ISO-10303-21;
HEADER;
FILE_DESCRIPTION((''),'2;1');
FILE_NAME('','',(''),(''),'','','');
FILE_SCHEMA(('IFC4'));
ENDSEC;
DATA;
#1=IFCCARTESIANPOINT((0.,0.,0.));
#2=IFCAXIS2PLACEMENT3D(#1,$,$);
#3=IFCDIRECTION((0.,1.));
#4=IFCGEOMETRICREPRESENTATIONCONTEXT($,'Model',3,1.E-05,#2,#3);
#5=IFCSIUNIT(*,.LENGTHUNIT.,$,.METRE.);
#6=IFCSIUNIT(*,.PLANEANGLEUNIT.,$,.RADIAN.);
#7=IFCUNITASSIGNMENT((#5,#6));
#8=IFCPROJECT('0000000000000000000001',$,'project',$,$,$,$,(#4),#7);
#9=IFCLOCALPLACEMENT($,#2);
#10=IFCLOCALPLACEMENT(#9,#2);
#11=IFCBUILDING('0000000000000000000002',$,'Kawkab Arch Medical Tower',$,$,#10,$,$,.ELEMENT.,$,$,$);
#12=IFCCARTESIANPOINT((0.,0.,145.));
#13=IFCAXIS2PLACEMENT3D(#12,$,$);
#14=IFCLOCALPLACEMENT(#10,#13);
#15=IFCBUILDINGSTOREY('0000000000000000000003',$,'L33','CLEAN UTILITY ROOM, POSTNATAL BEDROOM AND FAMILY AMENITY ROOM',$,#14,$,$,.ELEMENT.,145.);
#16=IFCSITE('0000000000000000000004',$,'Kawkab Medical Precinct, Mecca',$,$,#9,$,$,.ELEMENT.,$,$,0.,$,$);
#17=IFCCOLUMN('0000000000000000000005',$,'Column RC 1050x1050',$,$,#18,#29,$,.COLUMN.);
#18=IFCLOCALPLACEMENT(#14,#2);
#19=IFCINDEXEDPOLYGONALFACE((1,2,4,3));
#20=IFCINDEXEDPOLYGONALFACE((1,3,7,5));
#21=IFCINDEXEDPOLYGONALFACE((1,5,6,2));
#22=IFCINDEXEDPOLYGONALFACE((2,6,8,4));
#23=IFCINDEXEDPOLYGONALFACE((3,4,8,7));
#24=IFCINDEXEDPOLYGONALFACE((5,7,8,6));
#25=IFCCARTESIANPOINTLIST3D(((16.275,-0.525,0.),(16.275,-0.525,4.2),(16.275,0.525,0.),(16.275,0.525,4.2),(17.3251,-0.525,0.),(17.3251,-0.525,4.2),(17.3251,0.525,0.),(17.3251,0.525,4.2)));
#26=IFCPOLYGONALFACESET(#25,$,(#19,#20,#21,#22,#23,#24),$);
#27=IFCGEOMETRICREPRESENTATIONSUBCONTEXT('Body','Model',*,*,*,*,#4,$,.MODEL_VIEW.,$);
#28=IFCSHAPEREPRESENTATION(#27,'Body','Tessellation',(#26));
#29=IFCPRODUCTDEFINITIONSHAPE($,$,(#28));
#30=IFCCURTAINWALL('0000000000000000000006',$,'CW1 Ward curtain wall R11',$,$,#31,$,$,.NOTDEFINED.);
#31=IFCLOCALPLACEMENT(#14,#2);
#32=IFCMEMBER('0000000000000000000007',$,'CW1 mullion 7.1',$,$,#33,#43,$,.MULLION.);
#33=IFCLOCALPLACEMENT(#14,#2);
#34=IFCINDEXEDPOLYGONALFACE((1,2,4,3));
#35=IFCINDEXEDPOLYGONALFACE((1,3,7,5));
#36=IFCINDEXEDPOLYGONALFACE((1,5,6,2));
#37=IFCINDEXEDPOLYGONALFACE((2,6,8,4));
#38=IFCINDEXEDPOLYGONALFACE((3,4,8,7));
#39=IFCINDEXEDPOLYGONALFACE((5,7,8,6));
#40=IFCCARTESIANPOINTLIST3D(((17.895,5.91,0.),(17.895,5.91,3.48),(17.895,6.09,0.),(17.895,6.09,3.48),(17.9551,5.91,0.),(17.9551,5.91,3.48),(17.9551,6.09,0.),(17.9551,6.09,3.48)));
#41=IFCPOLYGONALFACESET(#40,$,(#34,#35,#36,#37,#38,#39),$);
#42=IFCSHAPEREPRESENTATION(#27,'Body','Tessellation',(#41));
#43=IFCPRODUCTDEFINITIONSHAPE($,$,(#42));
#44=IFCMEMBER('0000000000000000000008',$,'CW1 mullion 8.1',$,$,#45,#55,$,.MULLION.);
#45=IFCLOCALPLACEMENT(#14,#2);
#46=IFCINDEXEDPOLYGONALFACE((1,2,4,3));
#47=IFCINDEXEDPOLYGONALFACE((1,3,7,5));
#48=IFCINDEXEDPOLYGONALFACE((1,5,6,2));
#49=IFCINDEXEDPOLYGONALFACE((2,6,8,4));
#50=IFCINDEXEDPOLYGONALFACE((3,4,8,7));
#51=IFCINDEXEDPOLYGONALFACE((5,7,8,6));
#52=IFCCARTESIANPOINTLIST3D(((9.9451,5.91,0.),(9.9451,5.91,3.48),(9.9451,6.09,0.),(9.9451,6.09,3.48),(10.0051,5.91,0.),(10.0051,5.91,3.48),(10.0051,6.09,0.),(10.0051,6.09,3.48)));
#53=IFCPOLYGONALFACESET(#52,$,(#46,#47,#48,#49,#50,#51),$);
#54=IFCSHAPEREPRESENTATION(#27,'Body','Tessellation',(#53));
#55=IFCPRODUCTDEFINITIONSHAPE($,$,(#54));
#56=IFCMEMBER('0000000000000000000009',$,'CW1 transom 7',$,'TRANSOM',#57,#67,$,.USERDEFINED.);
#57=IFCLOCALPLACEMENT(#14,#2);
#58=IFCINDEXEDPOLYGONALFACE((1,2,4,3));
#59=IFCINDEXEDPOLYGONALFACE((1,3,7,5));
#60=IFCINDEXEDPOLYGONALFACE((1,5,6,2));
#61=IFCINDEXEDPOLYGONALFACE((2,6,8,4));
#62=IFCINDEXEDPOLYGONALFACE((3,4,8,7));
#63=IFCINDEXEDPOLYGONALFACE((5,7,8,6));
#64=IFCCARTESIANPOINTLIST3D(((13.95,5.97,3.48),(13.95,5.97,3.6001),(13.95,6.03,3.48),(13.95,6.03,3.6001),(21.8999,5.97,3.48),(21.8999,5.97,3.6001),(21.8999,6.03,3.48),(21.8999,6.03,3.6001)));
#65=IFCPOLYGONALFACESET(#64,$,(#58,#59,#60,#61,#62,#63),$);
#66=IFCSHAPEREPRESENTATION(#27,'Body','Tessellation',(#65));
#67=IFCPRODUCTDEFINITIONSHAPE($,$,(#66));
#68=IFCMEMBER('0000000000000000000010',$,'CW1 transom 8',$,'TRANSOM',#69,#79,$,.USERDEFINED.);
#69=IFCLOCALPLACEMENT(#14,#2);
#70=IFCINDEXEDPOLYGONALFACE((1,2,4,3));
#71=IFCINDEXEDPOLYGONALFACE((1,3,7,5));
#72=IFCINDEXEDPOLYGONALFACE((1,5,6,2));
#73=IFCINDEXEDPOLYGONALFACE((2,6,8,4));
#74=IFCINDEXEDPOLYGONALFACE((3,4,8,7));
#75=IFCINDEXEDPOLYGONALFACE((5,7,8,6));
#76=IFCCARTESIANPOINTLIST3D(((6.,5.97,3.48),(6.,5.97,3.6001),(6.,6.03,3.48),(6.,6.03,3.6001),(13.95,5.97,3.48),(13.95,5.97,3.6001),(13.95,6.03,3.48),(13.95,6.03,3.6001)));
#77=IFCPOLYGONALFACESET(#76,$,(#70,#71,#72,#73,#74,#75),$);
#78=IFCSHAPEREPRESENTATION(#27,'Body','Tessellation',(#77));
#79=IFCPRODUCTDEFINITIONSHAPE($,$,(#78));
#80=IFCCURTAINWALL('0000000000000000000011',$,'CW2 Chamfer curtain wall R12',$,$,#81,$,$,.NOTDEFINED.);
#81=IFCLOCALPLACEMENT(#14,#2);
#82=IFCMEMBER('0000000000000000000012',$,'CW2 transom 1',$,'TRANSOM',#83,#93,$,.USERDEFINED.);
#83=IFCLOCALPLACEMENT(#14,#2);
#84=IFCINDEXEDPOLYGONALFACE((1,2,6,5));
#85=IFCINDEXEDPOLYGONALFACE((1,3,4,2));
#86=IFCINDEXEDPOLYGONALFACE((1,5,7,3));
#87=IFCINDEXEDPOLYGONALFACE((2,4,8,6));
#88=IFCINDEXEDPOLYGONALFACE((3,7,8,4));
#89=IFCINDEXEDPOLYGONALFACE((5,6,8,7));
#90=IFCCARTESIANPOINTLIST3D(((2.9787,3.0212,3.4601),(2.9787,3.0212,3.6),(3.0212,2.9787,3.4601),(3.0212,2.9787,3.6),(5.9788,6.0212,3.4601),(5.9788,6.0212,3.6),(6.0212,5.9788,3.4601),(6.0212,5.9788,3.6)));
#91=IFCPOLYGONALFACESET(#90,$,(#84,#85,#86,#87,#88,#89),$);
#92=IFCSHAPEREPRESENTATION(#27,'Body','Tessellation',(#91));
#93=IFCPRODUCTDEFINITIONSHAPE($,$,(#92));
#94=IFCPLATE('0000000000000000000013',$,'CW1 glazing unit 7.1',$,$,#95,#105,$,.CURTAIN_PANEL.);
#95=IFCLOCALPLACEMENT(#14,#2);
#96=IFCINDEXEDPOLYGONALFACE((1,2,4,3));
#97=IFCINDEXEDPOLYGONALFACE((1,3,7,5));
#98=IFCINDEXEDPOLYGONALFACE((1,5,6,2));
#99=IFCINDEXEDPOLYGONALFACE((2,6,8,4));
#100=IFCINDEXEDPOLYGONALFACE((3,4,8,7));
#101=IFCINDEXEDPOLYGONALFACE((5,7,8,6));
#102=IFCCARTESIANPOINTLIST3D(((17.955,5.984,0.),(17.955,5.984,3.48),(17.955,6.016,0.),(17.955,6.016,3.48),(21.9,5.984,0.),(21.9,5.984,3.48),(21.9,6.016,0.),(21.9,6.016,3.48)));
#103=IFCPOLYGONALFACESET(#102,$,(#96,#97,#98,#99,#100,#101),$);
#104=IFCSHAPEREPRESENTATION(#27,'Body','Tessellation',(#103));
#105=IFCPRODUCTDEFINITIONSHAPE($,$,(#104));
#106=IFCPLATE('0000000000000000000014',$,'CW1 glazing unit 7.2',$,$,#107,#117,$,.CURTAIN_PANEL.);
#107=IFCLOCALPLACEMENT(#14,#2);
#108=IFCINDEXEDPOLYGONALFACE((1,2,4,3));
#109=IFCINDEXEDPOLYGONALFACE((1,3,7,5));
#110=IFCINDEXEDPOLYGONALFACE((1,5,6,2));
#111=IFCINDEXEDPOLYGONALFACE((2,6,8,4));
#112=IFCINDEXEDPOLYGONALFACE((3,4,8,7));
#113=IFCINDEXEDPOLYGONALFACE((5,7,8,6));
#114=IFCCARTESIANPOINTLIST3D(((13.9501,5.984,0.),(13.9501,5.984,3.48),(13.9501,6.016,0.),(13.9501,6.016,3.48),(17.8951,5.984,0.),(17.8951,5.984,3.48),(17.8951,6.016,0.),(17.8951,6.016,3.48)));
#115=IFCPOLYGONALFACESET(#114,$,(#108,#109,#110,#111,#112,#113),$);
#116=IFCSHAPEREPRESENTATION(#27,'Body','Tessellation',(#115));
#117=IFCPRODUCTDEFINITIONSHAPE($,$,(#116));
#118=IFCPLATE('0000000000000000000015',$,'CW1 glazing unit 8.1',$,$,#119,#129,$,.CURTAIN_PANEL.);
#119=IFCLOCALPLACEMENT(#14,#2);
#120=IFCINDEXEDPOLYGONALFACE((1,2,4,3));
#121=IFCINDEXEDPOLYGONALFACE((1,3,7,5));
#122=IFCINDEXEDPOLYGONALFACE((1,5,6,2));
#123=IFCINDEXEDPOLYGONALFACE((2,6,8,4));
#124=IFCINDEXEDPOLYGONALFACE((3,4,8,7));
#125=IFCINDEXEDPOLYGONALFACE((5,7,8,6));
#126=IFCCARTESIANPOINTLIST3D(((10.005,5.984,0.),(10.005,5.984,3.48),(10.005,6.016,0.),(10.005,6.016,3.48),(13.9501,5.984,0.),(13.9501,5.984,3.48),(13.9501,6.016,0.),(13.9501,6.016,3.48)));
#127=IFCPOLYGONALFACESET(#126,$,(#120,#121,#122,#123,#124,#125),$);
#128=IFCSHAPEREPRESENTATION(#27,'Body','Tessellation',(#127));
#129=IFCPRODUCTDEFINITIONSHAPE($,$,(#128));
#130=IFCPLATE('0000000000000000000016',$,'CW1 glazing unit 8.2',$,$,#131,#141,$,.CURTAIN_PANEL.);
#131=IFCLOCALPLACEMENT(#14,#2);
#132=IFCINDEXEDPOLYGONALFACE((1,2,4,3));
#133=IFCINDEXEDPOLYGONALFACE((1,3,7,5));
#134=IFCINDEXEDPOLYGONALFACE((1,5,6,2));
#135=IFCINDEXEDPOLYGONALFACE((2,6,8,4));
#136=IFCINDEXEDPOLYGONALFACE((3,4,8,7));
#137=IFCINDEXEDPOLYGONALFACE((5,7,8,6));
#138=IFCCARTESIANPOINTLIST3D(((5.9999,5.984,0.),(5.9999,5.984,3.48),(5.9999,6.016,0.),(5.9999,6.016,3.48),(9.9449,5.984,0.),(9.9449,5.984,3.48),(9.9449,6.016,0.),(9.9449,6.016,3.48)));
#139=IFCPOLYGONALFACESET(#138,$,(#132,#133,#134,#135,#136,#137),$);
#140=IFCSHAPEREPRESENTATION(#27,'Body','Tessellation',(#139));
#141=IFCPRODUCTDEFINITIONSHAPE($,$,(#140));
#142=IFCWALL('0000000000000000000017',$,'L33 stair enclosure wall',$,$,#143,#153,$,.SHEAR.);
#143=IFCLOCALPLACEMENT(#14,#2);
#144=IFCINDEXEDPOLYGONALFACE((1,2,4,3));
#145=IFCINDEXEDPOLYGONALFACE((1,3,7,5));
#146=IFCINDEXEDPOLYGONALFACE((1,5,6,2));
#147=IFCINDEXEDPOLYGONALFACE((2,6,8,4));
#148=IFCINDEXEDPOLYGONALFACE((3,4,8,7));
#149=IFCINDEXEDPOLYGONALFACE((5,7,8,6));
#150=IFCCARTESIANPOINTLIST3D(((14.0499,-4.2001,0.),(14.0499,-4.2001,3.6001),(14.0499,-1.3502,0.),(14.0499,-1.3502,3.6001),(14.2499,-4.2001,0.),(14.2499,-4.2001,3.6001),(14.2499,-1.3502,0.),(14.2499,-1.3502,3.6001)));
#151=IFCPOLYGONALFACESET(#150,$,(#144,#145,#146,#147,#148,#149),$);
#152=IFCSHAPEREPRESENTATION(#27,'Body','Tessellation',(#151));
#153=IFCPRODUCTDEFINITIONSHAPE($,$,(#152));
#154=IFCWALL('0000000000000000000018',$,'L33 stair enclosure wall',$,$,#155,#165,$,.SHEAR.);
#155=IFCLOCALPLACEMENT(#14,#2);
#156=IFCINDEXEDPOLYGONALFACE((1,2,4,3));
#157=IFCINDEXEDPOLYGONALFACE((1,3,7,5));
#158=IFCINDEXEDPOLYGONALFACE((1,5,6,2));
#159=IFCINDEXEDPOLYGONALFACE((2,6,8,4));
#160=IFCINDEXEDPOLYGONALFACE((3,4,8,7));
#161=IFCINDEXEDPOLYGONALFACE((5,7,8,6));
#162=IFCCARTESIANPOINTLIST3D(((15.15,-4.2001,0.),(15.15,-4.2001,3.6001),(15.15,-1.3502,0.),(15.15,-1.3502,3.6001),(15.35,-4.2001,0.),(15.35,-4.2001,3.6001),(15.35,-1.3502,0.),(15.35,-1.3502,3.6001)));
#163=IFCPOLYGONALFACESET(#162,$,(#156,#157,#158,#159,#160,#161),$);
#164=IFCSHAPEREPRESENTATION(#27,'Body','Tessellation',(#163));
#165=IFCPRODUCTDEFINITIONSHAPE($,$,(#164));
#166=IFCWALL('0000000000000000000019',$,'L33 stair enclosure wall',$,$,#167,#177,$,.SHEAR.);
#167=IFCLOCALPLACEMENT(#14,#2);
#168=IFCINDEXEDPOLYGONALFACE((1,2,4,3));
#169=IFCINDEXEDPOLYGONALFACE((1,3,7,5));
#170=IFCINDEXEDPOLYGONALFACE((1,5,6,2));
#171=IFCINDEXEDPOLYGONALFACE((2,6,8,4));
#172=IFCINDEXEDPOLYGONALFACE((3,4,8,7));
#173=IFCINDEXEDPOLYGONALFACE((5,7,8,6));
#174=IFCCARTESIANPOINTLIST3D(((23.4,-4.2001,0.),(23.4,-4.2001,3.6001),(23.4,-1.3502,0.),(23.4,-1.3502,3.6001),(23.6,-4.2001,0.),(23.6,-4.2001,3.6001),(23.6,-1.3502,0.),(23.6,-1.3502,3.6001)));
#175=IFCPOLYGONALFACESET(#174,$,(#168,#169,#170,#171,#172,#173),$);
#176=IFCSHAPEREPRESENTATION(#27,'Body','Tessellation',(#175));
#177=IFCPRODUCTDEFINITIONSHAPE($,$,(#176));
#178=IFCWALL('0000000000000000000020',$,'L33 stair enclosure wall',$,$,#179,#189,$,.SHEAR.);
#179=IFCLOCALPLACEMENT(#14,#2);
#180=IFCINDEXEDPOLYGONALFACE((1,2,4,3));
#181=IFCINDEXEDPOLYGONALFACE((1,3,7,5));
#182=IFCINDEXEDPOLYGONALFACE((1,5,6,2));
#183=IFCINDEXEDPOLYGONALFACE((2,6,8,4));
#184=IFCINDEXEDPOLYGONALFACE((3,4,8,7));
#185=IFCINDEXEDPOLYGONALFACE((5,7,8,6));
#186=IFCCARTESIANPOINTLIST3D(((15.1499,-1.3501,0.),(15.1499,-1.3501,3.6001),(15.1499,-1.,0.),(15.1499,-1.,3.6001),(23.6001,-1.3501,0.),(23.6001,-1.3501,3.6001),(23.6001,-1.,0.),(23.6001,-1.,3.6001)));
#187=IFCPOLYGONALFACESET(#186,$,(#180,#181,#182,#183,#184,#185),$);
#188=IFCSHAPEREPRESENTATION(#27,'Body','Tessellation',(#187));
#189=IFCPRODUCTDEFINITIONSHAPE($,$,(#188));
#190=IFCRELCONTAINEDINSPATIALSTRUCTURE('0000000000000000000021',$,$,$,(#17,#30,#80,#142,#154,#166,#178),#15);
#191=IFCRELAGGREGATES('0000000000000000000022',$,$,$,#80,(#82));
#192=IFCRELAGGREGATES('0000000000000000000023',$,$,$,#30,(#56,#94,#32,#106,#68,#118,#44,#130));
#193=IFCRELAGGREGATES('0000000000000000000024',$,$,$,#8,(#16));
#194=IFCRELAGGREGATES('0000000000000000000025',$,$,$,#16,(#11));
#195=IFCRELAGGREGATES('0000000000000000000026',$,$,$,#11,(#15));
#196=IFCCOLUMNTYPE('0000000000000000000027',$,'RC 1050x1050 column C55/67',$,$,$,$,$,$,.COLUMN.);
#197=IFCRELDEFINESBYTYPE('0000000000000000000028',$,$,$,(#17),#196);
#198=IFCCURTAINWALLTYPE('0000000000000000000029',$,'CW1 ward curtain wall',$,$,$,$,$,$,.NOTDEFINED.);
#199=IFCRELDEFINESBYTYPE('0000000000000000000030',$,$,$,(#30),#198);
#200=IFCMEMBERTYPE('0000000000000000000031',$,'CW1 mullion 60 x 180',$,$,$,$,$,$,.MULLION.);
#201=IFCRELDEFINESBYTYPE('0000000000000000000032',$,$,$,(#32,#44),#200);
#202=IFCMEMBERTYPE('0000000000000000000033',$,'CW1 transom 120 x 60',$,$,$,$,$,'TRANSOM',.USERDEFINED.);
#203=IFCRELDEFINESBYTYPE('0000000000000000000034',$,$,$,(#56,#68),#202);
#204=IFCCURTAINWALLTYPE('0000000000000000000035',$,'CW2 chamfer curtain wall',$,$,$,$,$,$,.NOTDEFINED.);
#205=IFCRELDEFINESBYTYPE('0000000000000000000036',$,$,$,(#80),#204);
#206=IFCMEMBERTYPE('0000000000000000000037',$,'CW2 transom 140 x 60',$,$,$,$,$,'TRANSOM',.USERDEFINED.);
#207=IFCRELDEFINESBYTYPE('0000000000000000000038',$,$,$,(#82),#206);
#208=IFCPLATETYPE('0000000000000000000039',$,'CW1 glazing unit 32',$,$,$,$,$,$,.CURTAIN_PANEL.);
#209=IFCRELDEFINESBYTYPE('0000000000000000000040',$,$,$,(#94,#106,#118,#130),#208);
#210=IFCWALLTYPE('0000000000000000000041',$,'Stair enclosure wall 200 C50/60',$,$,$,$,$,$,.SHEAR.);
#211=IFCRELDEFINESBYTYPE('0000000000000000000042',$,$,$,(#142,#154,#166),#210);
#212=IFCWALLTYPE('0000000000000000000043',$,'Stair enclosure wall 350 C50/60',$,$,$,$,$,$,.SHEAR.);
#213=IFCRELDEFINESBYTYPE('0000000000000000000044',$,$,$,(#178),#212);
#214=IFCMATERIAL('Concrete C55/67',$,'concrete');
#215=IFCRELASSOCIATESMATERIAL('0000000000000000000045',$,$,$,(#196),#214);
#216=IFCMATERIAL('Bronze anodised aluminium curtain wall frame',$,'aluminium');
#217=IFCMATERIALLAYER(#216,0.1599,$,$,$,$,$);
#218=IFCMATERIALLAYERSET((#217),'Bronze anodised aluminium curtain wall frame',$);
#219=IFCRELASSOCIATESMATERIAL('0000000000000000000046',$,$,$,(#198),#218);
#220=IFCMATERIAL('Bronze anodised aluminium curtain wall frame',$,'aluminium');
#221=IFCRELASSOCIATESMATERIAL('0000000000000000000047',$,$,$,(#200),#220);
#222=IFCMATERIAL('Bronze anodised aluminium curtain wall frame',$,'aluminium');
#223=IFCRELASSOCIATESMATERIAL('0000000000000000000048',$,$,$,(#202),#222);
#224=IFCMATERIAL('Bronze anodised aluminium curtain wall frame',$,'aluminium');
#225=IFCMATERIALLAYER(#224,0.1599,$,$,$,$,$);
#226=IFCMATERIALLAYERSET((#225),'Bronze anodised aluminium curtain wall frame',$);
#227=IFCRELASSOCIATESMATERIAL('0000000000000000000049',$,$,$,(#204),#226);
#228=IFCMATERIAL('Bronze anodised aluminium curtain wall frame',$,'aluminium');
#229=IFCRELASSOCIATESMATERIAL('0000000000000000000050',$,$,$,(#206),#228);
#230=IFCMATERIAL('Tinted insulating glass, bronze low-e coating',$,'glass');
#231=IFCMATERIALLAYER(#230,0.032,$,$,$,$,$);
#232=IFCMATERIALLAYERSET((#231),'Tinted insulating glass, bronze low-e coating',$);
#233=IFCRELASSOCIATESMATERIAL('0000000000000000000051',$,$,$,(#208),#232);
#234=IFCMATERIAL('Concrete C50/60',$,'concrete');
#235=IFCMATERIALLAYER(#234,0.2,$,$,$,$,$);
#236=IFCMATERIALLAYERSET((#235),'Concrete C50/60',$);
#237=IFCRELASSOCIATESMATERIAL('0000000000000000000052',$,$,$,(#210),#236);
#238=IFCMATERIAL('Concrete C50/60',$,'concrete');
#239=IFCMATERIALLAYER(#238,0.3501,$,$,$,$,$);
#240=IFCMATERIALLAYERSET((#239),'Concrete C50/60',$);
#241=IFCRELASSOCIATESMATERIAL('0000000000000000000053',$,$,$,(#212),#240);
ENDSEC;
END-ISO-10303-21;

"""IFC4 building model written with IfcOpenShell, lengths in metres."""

from ifc_helpers import new_model, si_unit, direction, frame, frame_2d, origin, origin_2d, place, context, subcontext, project, spatial, rectangle, extrude, material, layer, layer_set, material_profile, profile_set, type_object, element, aggregate, save


model = new_model("IFC4")

# Units and contexts
model_context = context("Model", 3, precision=1e-05, world=origin(), true_north=direction((0.0, 1.0)))
body_context = subcontext(model_context, "Body", "Model", "MODEL_VIEW")
ifc_project = project(units=[si_unit("LENGTHUNIT", "METRE"), si_unit("PLANEANGLEUNIT", "RADIAN")], contexts=[model_context])

# Site, building, storey
site_placement = place(None, origin())
site = spatial("IfcSite", under=ifc_project, at=site_placement, Name="Kawkab Medical Precinct, Mecca", CompositionType="ELEMENT", RefElevation=0.0)
building_placement = place(site_placement, origin())
building = spatial("IfcBuilding", under=site, at=building_placement, Name="Kawkab Arch Medical Tower", CompositionType="ELEMENT")
storey_placement = place(building_placement, frame((0.0, 0.0, 145.0)))
storey = spatial("IfcBuildingStorey", under=building, at=storey_placement, Name="L33", Description="CLEAN UTILITY ROOM, POSTNATAL BEDROOM AND FAMILY AMENITY ROOM", CompositionType="ELEMENT", Elevation=145.0)

# Column
ifc_material_1 = material(Name="Concrete C55/67", Category="concrete")
ifc_material_profile_1 = material_profile(ifc_material_1, rectangle(XDim=1.05, YDim=1.05, at=origin_2d()), Name="RC 1050x1050")
ifc_profile_set_1 = profile_set([ifc_material_profile_1], Name="Concrete C55/67")
column_type = type_object("IfcColumnType", Name="RC 1050x1050 column C55/67", PredefinedType="COLUMN", material=ifc_profile_set_1)
column_placement = place(storey_placement, frame((16.8, 0.0, 0.0), z_axis=(0.0, 0.0, 1.0), x_axis=(1.0, 0.0, 0.0)))
element("IfcColumn", 1, at=column_placement, inside=storey, type_object=column_type, Name="Column RC 1050x1050", PredefinedType="COLUMN", context=body_context, shape_type="SweptSolid", body=[
    extrude(rectangle(XDim=1.05, YDim=1.05, at=origin_2d()), origin(), (0.0, 0.0, 1.0), 4.2),
])

# Curtain wall, members
ifc_material_2 = material(Name="Bronze anodised aluminium curtain wall frame", Category="aluminium")
ifc_layer_1 = layer(ifc_material_2, 0.1599)
ifc_layer_set_1 = layer_set([ifc_layer_1], Name="Bronze anodised aluminium curtain wall frame")
curtain_wall_type_1 = type_object("IfcCurtainWallType", Name="CW1 ward curtain wall", PredefinedType="NOTDEFINED", material=ifc_layer_set_1)
placement = place(storey_placement, origin())
curtain_wall_1 = element("IfcCurtainWall", 2, at=placement, inside=storey, type_object=curtain_wall_type_1, Name="CW1 Ward curtain wall R11", PredefinedType="NOTDEFINED")
ifc_material_3 = material(Name="Bronze anodised aluminium curtain wall frame", Category="aluminium")
ifc_material_profile_2 = material_profile(ifc_material_3, rectangle(XDim=0.1799, YDim=0.0601, at=origin_2d()), Name="AL 60x180")
ifc_profile_set_2 = profile_set([ifc_material_profile_2], Name="Bronze anodised aluminium curtain wall frame")
member_type_1 = type_object("IfcMemberType", Name="CW1 mullion 60 x 180", PredefinedType="MULLION", material=ifc_profile_set_2)
member_1_placement = place(storey_placement, frame((17.925, 6.0, 0.0), z_axis=(0.0, 0.0, 1.0), x_axis=(0.0, -1.0, 0.0)))
member_1 = element("IfcMember", 3, at=member_1_placement, type_object=member_type_1, Name="CW1 mullion 7.1", PredefinedType="MULLION", context=body_context, shape_type="SweptSolid", body=[
    extrude(rectangle(XDim=0.1799, YDim=0.0601, at=origin_2d()), origin(), (0.0, 0.0, 1.0), 3.48),
])
member_2_placement = place(storey_placement, frame((9.9751, 6.0, 0.0), z_axis=(0.0, 0.0, 1.0), x_axis=(0.0, -1.0, 0.0)))
member_2 = element("IfcMember", 4, at=member_2_placement, type_object=member_type_1, Name="CW1 mullion 8.1", PredefinedType="MULLION", context=body_context, shape_type="SweptSolid", body=[
    extrude(rectangle(XDim=0.1799, YDim=0.0601, at=origin_2d()), origin(), (0.0, 0.0, 1.0), 3.48),
])
ifc_material_4 = material(Name="Bronze anodised aluminium curtain wall frame", Category="aluminium")
ifc_material_profile_3 = material_profile(ifc_material_4, rectangle(XDim=0.0601, YDim=0.1201, at=origin_2d()), Name="AL 60x120")
ifc_profile_set_3 = profile_set([ifc_material_profile_3], Name="Bronze anodised aluminium curtain wall frame")
member_type_2 = type_object("IfcMemberType", Name="CW1 transom 120 x 60", ElementType="TRANSOM", PredefinedType="USERDEFINED", material=ifc_profile_set_3)
member_3_placement = place(storey_placement, frame((21.8999, 6.0, 3.54), z_axis=(-1.0, 0.0, 0.0), x_axis=(0.0, -1.0, 0.0)))
member_3 = element("IfcMember", 5, at=member_3_placement, type_object=member_type_2, Name="CW1 transom 7", ObjectType="TRANSOM", PredefinedType="USERDEFINED", context=body_context, shape_type="SweptSolid", body=[
    extrude(rectangle(XDim=0.0601, YDim=0.1201, at=origin_2d()), origin(), (0.0, 0.0, 1.0), 7.95),
])
member_4_placement = place(storey_placement, frame((13.95, 6.0, 3.54), z_axis=(-1.0, 0.0, 0.0), x_axis=(0.0, -1.0, 0.0)))
member_4 = element("IfcMember", 6, at=member_4_placement, type_object=member_type_2, Name="CW1 transom 8", ObjectType="TRANSOM", PredefinedType="USERDEFINED", context=body_context, shape_type="SweptSolid", body=[
    extrude(rectangle(XDim=0.0601, YDim=0.1201, at=origin_2d()), origin(), (0.0, 0.0, 1.0), 7.95),
])

# Curtain wall, member
ifc_material_5 = material(Name="Bronze anodised aluminium curtain wall frame", Category="aluminium")
ifc_layer_2 = layer(ifc_material_5, 0.1599)
ifc_layer_set_2 = layer_set([ifc_layer_2], Name="Bronze anodised aluminium curtain wall frame")
curtain_wall_type_2 = type_object("IfcCurtainWallType", Name="CW2 chamfer curtain wall", PredefinedType="NOTDEFINED", material=ifc_layer_set_2)
curtain_wall_2 = element("IfcCurtainWall", 7, at=placement, inside=storey, type_object=curtain_wall_type_2, Name="CW2 Chamfer curtain wall R12", PredefinedType="NOTDEFINED")
ifc_material_6 = material(Name="Bronze anodised aluminium curtain wall frame", Category="aluminium")
ifc_material_profile_4 = material_profile(ifc_material_6, rectangle(XDim=0.0601, YDim=0.1399, at=origin_2d()), Name="AL 60x140")
ifc_profile_set_4 = profile_set([ifc_material_profile_4], Name="Bronze anodised aluminium curtain wall frame")
member_type_3 = type_object("IfcMemberType", Name="CW2 transom 140 x 60", ElementType="TRANSOM", PredefinedType="USERDEFINED", material=ifc_profile_set_4)
member_5_placement = place(storey_placement, frame((6.0, 6.0, 3.53), z_axis=(-0.707107, -0.707107, 0.0), x_axis=(0.707107, -0.707107, 0.0)))
member_5 = element("IfcMember", 8, at=member_5_placement, type_object=member_type_3, Name="CW2 transom 1", ObjectType="TRANSOM", PredefinedType="USERDEFINED", context=body_context, shape_type="SweptSolid", body=[
    extrude(rectangle(XDim=0.0601, YDim=0.1399, at=origin_2d()), origin(), (0.0, 0.0, 1.0), 4.2427),
])
aggregate(curtain_wall_2, [member_5])

# Plates
ifc_material_7 = material(Name="Tinted insulating glass, bronze low-e coating", Category="glass")
ifc_layer_3 = layer(ifc_material_7, 0.032)
ifc_layer_set_3 = layer_set([ifc_layer_3], Name="Tinted insulating glass, bronze low-e coating")
plate_type = type_object("IfcPlateType", Name="CW1 glazing unit 32", PredefinedType="CURTAIN_PANEL", material=ifc_layer_set_3)
plate_1_placement = place(storey_placement, frame((19.9275, 6.0, 0.0), z_axis=(0.0, 0.0, 1.0), x_axis=(-1.0, 0.0, 0.0)))
plate_1 = element("IfcPlate", 9, at=plate_1_placement, type_object=plate_type, Name="CW1 glazing unit 7.1", PredefinedType="CURTAIN_PANEL", context=body_context, shape_type="SweptSolid", body=[
    extrude(rectangle(XDim=3.9451, YDim=0.032, at=origin_2d()), origin(), (0.0, 0.0, 1.0), 3.48),
])
plate_2_placement = place(storey_placement, frame((15.9226, 6.0, 0.0), z_axis=(0.0, 0.0, 1.0), x_axis=(-1.0, 0.0, 0.0)))
plate_2 = element("IfcPlate", 10, at=plate_2_placement, type_object=plate_type, Name="CW1 glazing unit 7.2", PredefinedType="CURTAIN_PANEL", context=body_context, shape_type="SweptSolid", body=[
    extrude(rectangle(XDim=3.9451, YDim=0.032, at=origin_2d()), origin(), (0.0, 0.0, 1.0), 3.48),
])
plate_3_placement = place(storey_placement, frame((11.9775, 6.0, 0.0), z_axis=(0.0, 0.0, 1.0), x_axis=(-1.0, 0.0, 0.0)))
plate_3 = element("IfcPlate", 11, at=plate_3_placement, type_object=plate_type, Name="CW1 glazing unit 8.1", PredefinedType="CURTAIN_PANEL", context=body_context, shape_type="SweptSolid", body=[
    extrude(rectangle(XDim=3.9451, YDim=0.032, at=origin_2d()), origin(), (0.0, 0.0, 1.0), 3.48),
])
plate_4_placement = place(storey_placement, frame((7.9724, 6.0, 0.0), z_axis=(0.0, 0.0, 1.0), x_axis=(-1.0, 0.0, 0.0)))
plate_4 = element("IfcPlate", 12, at=plate_4_placement, type_object=plate_type, Name="CW1 glazing unit 8.2", PredefinedType="CURTAIN_PANEL", context=body_context, shape_type="SweptSolid", body=[
    extrude(rectangle(XDim=3.9451, YDim=0.032, at=origin_2d()), origin(), (0.0, 0.0, 1.0), 3.48),
])
aggregate(curtain_wall_1, [member_3, plate_1, member_1, plate_2, member_4, plate_3, member_2, plate_4])

# Walls
ifc_material_8 = material(Name="Concrete C50/60", Category="concrete")
ifc_layer_4 = layer(ifc_material_8, 0.2)
ifc_layer_set_4 = layer_set([ifc_layer_4], Name="Concrete C50/60")
wall_type_1 = type_object("IfcWallType", Name="Stair enclosure wall 200 C50/60", PredefinedType="SHEAR", material=ifc_layer_set_4)
for number, where, z_axis, x_axis, name in (
    (13, (14.1499, -4.2, 0.0), (0.0, 0.0, 1.0), (0.0, 1.0, 0.0), "L33 stair enclosure wall"),
    (14, (15.25, -4.2, 0.0), (0.0, 0.0, 1.0), (0.0, 1.0, 0.0), "L33 stair enclosure wall"),
    (15, (23.5, -4.2, 0.0), (0.0, 0.0, 1.0), (0.0, 1.0, 0.0), "L33 stair enclosure wall"),
):
    element("IfcWall", number, at=place(storey_placement, frame(where, z_axis=z_axis, x_axis=x_axis)), inside=storey, type_object=wall_type_1, Name=name, PredefinedType="SHEAR", context=body_context, shape_type="SweptSolid", body=[
        extrude(rectangle(XDim=2.8499, YDim=0.2, at=frame_2d((1.4248, 0.0))), origin(), (0.0, 0.0, 1.0), 3.6001),
    ])
ifc_material_9 = material(Name="Concrete C50/60", Category="concrete")
ifc_layer_5 = layer(ifc_material_9, 0.3501)
ifc_layer_set_5 = layer_set([ifc_layer_5], Name="Concrete C50/60")
wall_type_2 = type_object("IfcWallType", Name="Stair enclosure wall 350 C50/60", PredefinedType="SHEAR", material=ifc_layer_set_5)
wall_placement = place(storey_placement, frame((15.1499, -1.175, 0.0), z_axis=(0.0, 0.0, 1.0), x_axis=(1.0, 0.0, 0.0)))
element("IfcWall", 16, at=wall_placement, inside=storey, type_object=wall_type_2, Name="L33 stair enclosure wall", PredefinedType="SHEAR", context=body_context, shape_type="SweptSolid", body=[
    extrude(rectangle(XDim=8.4502, YDim=0.3501, at=frame_2d((4.2251, 0.0))), origin(), (0.0, 0.0, 1.0), 3.6001),
])

save(model, "model.ifc")
